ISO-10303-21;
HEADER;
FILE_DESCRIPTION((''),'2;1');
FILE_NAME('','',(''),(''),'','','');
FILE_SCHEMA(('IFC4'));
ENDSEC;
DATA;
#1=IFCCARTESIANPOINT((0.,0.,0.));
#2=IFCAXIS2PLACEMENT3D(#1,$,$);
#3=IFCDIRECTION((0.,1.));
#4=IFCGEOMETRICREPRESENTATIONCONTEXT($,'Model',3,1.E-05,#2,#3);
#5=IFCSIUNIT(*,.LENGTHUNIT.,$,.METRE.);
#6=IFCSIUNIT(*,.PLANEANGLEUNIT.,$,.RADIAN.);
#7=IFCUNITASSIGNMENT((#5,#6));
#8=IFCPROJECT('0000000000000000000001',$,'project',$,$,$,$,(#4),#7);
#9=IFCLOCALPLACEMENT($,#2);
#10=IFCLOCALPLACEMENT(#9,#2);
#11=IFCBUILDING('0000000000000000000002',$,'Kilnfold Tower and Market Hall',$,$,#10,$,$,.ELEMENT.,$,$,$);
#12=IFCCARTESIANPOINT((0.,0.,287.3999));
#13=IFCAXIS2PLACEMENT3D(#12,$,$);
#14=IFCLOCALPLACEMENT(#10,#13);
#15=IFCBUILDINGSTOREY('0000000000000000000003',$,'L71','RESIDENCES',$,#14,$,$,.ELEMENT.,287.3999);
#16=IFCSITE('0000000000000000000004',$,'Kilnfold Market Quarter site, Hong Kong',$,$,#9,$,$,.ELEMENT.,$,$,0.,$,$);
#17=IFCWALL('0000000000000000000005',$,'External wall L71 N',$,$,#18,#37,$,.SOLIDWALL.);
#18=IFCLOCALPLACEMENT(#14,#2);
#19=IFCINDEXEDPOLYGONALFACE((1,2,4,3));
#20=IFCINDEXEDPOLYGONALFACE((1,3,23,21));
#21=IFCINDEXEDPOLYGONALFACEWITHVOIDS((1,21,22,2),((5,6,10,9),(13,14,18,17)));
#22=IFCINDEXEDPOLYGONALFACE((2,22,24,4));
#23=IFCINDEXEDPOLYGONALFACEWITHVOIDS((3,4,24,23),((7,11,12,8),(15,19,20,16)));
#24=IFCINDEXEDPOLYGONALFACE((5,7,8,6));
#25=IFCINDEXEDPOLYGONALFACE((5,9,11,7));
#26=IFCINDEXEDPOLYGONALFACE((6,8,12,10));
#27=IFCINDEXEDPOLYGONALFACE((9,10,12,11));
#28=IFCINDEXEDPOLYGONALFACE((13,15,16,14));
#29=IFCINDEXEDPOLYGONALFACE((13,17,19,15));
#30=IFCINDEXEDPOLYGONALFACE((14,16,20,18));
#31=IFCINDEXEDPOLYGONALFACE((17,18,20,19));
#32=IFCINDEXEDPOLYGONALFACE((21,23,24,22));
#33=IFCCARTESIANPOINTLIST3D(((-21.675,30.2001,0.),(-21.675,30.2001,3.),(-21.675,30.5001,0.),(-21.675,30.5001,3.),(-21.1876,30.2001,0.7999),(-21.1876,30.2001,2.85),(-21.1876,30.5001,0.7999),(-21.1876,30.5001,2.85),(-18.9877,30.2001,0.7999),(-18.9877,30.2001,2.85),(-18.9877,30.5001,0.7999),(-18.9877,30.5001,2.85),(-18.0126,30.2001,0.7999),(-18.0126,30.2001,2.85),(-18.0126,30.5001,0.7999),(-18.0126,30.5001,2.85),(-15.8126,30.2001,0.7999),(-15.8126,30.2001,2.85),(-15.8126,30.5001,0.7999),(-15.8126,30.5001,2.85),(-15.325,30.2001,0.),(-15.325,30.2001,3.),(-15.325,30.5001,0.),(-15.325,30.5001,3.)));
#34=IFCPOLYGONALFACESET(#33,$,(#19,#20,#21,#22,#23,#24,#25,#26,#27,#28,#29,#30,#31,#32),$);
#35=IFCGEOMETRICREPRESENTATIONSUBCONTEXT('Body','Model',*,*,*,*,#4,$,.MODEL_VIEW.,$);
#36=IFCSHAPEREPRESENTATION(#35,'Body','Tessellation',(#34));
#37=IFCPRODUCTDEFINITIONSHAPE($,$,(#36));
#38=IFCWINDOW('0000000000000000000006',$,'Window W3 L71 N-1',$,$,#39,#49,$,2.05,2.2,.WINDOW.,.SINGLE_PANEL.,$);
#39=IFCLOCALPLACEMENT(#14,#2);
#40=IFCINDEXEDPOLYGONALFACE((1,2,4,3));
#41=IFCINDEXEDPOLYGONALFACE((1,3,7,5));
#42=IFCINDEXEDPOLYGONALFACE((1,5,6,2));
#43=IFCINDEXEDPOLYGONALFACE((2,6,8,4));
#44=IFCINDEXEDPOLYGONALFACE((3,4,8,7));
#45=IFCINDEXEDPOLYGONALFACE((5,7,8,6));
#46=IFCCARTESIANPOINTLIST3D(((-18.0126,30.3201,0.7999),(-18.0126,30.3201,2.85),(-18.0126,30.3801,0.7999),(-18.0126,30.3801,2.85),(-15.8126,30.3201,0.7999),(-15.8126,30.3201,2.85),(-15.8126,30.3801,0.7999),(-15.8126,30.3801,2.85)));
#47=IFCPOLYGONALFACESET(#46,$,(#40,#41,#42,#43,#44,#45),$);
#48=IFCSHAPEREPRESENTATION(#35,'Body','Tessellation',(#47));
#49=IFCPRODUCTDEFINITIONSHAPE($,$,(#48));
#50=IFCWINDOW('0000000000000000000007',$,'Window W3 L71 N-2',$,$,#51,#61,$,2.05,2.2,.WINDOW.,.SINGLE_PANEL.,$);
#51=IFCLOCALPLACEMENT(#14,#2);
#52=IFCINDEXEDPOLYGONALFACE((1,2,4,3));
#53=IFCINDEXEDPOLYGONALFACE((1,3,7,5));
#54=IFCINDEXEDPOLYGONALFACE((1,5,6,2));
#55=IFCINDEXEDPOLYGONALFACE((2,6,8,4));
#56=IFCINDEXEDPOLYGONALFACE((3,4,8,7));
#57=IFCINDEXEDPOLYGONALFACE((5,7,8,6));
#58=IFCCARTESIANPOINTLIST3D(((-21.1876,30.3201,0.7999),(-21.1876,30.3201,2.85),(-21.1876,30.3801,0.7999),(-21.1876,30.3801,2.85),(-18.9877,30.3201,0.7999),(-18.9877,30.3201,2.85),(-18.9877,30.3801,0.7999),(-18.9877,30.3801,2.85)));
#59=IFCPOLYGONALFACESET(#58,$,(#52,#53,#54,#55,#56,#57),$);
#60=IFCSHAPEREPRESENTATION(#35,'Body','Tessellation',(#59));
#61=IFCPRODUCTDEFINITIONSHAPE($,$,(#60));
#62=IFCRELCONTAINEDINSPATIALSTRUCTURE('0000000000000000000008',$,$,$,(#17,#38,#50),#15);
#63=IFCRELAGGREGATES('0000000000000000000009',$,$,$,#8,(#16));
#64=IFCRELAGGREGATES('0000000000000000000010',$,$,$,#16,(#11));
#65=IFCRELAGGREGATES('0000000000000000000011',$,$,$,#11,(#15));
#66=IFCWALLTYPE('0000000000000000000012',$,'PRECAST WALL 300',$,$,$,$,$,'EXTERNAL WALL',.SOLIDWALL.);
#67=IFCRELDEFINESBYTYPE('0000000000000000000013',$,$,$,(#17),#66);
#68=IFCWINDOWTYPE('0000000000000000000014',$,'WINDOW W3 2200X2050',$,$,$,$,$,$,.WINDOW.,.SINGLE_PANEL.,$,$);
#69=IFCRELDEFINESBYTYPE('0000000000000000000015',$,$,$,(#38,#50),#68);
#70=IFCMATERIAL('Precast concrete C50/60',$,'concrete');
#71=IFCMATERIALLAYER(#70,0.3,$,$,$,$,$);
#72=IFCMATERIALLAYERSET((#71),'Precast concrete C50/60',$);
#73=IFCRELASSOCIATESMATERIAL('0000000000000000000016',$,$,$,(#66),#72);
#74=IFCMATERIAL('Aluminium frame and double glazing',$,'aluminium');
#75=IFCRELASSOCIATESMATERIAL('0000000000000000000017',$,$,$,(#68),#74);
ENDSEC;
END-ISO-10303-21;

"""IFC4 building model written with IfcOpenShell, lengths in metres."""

from ifc_helpers import new_model, si_unit, direction, frame, frame_2d, origin, place, context, subcontext, project, spatial, rectangle, extrude, source, transform, mapped, material, layer, layer_set, type_object, element, fill, save


model = new_model("IFC4")

# Units and contexts
model_context = context("Model", 3, precision=1e-05, world=origin(), true_north=direction((0.0, 1.0)))
body_context = subcontext(model_context, "Body", "Model", "MODEL_VIEW")
ifc_project = project(units=[si_unit("LENGTHUNIT", "METRE"), si_unit("PLANEANGLEUNIT", "RADIAN")], contexts=[model_context])

# Site, building, storey
site_placement = place(None, origin())
site = spatial("IfcSite", under=ifc_project, at=site_placement, Name="Kilnfold Market Quarter site, Hong Kong", CompositionType="ELEMENT", RefElevation=0.0)
building_placement = place(site_placement, origin())
building = spatial("IfcBuilding", under=site, at=building_placement, Name="Kilnfold Tower and Market Hall", CompositionType="ELEMENT")
storey_placement = place(building_placement, frame((0.0, 0.0, 287.3999)))
storey = spatial("IfcBuildingStorey", under=building, at=storey_placement, Name="L71", Description="RESIDENCES", CompositionType="ELEMENT", Elevation=287.3999)

# Wall, openings, windows
ifc_material_1 = material(Name="Precast concrete C50/60", Category="concrete")
ifc_layer_1 = layer(ifc_material_1, 0.3)
ifc_layer_set_1 = layer_set([ifc_layer_1], Name="Precast concrete C50/60")
wall_type_1 = type_object("IfcWallType", Name="PRECAST WALL 300", ElementType="EXTERNAL WALL", PredefinedType="SOLIDWALL", material=ifc_layer_set_1)
shared_shape_1 = source(origin(), body_context, "Body", "SweptSolid", [
    extrude(rectangle(XDim=6.3501, YDim=0.3, at=frame_2d((3.175, 0.0))), origin(), (0.0, 0.0, 1.0), 3.0),
])
ifc_material_2 = material(Name="Aluminium frame and double glazing", Category="aluminium")
window_type = type_object("IfcWindowType", Name="WINDOW W3 2200X2050", PartitioningType="SINGLE_PANEL", PredefinedType="WINDOW", material=ifc_material_2)
wall_1_placement = place(storey_placement, frame((-15.325, 30.3501, 0.0), z_axis=(0.0, 0.0, 1.0), x_axis=(-1.0, 0.0, 0.0)))
wall_1 = element("IfcWall", 1, at=wall_1_placement, inside=storey, type_object=wall_type_1, Name="External wall L71 N", PredefinedType="SOLIDWALL", context=body_context, shape_type="MappedRepresentation", body=[
    mapped(shared_shape_1, transform((0.0, 0.0, 0.0))),
])
opening_1_placement = place(wall_1_placement, frame((0.4875, 0.0, 0.8)))
opening_1 = element("IfcOpeningElement", 2, at=opening_1_placement, cuts=wall_1, PredefinedType="OPENING", context=body_context, shape_type="SweptSolid", body=[
    extrude(rectangle(XDim=2.2, YDim=2.05, at=frame_2d((1.1001, 1.0249))), frame((0.0, 0.1602, 0.0), z_axis=(0.0, -1.0, 0.0), x_axis=(1.0, 0.0, 0.0)), (0.0, 0.0, 1.0), 0.3201),
])
opening_2_placement = place(wall_1_placement, frame((3.6626, 0.0, 0.8)))
opening_2 = element("IfcOpeningElement", 3, at=opening_2_placement, cuts=wall_1, PredefinedType="OPENING", context=body_context, shape_type="SweptSolid", body=[
    extrude(rectangle(XDim=2.2, YDim=2.05, at=frame_2d((1.1001, 1.0249))), frame((0.0, 0.1602, 0.0), z_axis=(0.0, -1.0, 0.0), x_axis=(1.0, 0.0, 0.0)), (0.0, 0.0, 1.0), 0.3201),
])
window_1_placement = place(opening_1_placement, origin())
window_1 = element("IfcWindow", 4, at=window_1_placement, inside=storey, type_object=window_type, Name="Window W3 L71 N-1", OverallHeight=2.05, OverallWidth=2.2, PartitioningType="SINGLE_PANEL", PredefinedType="WINDOW", context=body_context, shape_type="SweptSolid", body=[
    extrude(rectangle(XDim=2.2, YDim=2.05, at=frame_2d((1.1001, 1.0249))), frame((0.0, 0.03, 0.0), z_axis=(0.0, -1.0, 0.0), x_axis=(1.0, 0.0, 0.0)), (0.0, 0.0, 1.0), 0.0601),
])
fill(opening_1, window_1)
window_2_placement = place(opening_2_placement, origin())
window_2 = element("IfcWindow", 5, at=window_2_placement, inside=storey, type_object=window_type, Name="Window W3 L71 N-2", OverallHeight=2.05, OverallWidth=2.2, PartitioningType="SINGLE_PANEL", PredefinedType="WINDOW", context=body_context, shape_type="SweptSolid", body=[
    extrude(rectangle(XDim=2.2, YDim=2.05, at=frame_2d((1.1001, 1.0249))), frame((0.0, 0.03, 0.0), z_axis=(0.0, -1.0, 0.0), x_axis=(1.0, 0.0, 0.0)), (0.0, 0.0, 1.0), 0.0601),
])
fill(opening_2, window_2)

save(model, "model.ifc")
